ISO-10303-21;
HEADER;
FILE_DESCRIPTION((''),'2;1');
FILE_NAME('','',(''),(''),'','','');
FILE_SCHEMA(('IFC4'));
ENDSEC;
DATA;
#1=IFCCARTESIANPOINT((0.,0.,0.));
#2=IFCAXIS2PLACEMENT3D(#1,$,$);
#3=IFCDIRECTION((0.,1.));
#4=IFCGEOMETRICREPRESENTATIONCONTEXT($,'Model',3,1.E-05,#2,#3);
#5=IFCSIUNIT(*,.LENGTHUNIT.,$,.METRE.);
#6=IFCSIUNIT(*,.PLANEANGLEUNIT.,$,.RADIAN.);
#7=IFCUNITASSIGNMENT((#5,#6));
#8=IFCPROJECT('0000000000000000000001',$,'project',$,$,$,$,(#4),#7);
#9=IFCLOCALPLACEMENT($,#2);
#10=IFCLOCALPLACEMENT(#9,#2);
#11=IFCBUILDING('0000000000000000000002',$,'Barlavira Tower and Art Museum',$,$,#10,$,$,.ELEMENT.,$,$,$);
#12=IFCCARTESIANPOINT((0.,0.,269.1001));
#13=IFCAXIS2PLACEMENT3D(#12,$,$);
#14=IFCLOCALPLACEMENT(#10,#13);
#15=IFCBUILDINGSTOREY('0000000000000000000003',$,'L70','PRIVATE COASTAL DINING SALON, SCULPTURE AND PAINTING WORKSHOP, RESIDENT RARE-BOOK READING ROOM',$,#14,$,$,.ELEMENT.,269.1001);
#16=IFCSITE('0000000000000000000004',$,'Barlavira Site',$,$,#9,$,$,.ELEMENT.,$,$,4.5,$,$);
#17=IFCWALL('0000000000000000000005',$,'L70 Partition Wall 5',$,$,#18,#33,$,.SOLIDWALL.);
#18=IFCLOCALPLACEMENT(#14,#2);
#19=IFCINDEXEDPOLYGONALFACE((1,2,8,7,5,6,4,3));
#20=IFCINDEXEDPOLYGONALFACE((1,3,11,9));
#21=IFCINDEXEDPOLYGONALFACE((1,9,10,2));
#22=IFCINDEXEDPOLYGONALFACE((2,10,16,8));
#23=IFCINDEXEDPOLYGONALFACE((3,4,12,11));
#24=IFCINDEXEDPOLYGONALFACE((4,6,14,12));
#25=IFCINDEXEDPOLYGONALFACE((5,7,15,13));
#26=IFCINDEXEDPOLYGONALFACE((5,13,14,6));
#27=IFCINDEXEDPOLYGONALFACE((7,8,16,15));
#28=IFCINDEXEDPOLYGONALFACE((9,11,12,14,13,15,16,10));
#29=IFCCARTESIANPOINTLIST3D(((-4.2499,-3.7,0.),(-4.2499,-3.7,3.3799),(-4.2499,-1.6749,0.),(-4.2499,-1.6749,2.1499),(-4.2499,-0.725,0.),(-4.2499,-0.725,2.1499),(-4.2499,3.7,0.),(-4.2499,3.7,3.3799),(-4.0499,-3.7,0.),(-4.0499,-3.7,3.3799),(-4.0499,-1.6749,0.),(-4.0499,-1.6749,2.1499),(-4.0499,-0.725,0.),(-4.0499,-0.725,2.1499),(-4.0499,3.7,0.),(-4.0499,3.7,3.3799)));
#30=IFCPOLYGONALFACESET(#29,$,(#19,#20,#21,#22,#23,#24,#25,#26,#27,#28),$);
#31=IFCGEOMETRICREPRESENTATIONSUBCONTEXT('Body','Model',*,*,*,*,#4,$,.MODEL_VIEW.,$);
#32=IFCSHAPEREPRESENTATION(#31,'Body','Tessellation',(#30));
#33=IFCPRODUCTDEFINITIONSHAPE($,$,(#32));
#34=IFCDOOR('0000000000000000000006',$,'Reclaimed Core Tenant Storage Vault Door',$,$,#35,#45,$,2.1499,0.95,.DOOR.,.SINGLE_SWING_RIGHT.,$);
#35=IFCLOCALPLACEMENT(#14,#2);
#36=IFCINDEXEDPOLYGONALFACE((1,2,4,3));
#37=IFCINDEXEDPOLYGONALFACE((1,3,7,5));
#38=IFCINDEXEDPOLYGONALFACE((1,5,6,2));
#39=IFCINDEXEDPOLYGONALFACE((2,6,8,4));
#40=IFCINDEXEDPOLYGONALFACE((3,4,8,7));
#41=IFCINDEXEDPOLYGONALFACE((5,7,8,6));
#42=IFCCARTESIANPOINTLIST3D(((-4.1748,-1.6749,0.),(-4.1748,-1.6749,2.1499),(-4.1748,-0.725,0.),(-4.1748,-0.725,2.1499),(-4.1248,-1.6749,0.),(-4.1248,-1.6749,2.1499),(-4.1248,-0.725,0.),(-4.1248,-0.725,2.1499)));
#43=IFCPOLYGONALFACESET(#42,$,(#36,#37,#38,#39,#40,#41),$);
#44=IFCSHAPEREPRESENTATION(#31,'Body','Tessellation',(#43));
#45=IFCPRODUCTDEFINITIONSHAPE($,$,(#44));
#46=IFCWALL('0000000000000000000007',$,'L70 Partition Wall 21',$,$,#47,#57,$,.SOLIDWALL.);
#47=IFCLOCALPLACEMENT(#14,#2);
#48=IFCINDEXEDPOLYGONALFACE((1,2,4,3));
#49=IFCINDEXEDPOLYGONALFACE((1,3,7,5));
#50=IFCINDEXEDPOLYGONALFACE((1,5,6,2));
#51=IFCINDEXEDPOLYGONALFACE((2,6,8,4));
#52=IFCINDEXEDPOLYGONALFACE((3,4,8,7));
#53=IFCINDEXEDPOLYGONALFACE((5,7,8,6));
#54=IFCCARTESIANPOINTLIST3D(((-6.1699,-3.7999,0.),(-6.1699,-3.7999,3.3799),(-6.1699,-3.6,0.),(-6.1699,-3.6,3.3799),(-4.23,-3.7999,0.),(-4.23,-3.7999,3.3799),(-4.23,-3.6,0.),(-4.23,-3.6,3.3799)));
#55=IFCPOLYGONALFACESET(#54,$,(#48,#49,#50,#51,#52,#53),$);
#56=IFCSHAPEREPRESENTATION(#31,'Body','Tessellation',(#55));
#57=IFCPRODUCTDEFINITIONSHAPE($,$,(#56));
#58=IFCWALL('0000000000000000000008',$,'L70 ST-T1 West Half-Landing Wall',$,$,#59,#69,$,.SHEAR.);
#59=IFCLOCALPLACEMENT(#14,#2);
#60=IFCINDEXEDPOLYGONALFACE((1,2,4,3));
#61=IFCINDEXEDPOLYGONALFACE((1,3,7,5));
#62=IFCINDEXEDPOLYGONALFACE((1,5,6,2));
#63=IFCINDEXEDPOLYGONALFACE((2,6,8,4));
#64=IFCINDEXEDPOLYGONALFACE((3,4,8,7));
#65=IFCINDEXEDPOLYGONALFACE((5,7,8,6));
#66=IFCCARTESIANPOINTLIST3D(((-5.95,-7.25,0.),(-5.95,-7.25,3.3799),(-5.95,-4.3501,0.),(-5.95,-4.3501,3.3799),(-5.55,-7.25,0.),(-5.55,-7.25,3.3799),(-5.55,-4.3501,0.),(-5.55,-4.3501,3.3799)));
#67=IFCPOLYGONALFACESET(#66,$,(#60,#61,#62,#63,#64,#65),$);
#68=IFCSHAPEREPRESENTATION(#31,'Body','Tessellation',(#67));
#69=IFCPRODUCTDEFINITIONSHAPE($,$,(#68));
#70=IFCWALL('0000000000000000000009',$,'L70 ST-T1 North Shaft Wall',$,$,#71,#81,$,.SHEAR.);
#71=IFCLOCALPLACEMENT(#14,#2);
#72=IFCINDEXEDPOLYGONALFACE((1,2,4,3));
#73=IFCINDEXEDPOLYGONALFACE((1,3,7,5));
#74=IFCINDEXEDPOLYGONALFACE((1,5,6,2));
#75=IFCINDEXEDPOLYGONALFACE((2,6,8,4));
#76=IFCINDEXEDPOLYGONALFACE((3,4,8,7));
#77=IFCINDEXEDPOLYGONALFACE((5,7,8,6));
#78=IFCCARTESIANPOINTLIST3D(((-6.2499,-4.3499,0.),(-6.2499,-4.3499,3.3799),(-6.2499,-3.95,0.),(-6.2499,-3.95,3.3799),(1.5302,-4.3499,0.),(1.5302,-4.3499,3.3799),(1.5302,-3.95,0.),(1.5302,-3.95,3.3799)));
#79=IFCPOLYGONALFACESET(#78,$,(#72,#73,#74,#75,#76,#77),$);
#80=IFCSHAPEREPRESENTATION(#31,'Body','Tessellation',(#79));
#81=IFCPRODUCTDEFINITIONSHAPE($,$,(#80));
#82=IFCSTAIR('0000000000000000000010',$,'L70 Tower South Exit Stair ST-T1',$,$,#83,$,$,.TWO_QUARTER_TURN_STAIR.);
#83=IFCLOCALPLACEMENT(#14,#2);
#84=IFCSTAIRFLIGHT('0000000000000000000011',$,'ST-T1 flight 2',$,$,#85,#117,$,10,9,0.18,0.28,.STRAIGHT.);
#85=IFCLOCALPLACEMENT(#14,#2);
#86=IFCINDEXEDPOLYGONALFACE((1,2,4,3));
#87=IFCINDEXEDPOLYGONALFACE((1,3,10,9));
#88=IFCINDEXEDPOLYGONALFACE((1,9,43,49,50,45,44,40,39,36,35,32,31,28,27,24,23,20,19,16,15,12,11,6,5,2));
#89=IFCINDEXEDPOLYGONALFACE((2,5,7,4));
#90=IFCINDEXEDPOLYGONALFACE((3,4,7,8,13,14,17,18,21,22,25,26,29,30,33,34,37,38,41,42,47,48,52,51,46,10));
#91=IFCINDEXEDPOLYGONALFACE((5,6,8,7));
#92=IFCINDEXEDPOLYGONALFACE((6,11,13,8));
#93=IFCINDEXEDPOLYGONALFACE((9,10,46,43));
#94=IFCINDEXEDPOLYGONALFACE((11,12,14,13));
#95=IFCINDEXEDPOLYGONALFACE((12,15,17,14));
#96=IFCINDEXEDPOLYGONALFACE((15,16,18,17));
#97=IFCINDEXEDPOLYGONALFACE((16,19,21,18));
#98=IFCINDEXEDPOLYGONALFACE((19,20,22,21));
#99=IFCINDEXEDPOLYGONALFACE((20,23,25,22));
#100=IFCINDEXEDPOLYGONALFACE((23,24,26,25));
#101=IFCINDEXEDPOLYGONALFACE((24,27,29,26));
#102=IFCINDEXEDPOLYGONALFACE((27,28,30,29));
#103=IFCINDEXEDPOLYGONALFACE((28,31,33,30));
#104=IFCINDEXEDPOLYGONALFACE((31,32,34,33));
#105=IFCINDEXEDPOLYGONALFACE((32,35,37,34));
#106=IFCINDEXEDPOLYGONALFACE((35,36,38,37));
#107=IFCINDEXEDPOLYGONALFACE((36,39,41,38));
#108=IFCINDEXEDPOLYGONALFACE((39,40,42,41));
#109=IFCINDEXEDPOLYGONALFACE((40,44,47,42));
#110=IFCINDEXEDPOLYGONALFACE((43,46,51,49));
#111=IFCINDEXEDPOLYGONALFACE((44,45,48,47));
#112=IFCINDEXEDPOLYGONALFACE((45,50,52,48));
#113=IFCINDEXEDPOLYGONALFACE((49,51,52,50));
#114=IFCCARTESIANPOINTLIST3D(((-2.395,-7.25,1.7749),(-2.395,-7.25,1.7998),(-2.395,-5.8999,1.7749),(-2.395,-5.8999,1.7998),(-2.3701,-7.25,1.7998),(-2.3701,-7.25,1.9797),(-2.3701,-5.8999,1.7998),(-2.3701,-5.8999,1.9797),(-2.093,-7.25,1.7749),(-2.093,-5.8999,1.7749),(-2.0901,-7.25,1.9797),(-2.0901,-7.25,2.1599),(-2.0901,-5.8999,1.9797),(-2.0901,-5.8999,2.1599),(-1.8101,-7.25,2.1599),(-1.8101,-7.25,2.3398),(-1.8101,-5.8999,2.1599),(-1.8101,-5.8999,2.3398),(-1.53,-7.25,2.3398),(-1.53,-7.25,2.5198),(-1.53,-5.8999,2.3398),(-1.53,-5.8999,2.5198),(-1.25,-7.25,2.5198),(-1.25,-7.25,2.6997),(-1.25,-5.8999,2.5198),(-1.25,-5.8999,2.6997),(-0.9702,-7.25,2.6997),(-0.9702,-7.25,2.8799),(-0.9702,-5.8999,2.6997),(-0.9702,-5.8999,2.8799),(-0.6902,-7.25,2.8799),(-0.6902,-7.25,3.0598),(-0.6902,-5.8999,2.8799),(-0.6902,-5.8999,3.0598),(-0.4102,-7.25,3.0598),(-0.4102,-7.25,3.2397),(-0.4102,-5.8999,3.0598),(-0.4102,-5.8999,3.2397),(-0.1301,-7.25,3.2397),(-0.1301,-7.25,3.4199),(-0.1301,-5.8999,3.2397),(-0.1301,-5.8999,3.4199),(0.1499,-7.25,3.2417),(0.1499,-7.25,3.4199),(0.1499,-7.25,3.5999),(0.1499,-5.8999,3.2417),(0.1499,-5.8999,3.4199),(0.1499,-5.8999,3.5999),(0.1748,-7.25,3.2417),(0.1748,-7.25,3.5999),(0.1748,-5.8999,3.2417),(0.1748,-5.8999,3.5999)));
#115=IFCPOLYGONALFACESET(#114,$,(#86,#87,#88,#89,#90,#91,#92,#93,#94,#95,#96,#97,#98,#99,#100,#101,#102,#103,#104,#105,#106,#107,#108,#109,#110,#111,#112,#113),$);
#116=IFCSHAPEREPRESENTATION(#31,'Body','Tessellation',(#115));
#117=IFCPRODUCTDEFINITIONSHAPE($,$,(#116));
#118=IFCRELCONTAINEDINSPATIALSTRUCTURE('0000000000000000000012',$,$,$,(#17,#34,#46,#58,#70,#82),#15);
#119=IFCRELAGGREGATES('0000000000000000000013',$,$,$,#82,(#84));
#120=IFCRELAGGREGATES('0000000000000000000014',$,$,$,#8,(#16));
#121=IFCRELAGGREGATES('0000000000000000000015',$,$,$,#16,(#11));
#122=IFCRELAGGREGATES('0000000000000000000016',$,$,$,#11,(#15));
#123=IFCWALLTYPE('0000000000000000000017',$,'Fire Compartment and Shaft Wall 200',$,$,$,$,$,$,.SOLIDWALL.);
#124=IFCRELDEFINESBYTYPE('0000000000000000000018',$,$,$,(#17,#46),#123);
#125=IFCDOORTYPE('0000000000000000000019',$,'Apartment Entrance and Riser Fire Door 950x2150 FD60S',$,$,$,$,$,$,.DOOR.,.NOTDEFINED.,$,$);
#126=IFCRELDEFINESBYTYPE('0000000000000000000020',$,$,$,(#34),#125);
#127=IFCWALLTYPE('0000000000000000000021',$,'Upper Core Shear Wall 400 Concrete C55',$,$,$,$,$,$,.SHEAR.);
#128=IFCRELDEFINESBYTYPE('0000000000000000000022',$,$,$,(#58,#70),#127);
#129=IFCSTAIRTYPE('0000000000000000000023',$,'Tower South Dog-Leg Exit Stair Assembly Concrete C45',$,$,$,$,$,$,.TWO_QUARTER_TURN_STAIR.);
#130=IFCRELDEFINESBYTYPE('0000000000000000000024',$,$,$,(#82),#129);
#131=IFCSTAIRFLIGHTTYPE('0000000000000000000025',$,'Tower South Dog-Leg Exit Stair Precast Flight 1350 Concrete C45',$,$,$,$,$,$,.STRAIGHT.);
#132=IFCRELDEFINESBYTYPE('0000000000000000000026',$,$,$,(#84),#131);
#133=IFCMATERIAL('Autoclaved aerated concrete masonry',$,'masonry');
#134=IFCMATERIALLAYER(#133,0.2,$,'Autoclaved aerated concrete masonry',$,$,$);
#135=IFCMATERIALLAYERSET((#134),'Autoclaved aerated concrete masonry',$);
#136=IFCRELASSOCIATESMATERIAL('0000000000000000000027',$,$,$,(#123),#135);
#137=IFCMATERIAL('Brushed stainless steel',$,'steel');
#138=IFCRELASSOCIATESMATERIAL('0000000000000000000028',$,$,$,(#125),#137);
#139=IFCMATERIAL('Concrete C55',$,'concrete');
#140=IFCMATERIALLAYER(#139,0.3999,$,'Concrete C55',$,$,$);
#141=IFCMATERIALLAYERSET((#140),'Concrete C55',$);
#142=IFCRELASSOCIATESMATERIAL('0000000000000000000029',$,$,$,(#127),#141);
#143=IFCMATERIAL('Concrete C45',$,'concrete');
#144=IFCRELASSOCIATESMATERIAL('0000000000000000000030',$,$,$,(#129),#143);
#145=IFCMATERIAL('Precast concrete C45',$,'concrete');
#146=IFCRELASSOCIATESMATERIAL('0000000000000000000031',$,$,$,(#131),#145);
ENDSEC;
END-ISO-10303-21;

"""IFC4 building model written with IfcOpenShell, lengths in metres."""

from ifc_helpers import new_model, si_unit, direction, frame, frame_2d, origin, place, context, subcontext, project, spatial, polyline, rectangle, outline, extrude, material, layer, layer_set, type_object, element, fill, aggregate, save


model = new_model("IFC4")

# Units and contexts
model_context = context("Model", 3, precision=1e-05, world=origin(), true_north=direction((0.0, 1.0)))
body_context = subcontext(model_context, "Body", "Model", "MODEL_VIEW")
ifc_project = project(units=[si_unit("LENGTHUNIT", "METRE"), si_unit("PLANEANGLEUNIT", "RADIAN")], contexts=[model_context])

# Site, building, storey
site_placement = place(None, origin())
site = spatial("IfcSite", under=ifc_project, at=site_placement, Name="Barlavira Site", CompositionType="ELEMENT", RefElevation=4.5)
building_placement = place(site_placement, origin())
building = spatial("IfcBuilding", under=site, at=building_placement, Name="Barlavira Tower and Art Museum", CompositionType="ELEMENT")
storey_placement = place(building_placement, frame((0.0, 0.0, 269.1001)))
storey = spatial("IfcBuildingStorey", under=building, at=storey_placement, Name="L70", Description="PRIVATE COASTAL DINING SALON, SCULPTURE AND PAINTING WORKSHOP, RESIDENT RARE-BOOK READING ROOM", CompositionType="ELEMENT", Elevation=269.1001)

# Shared definitions
ifc_material_1 = material(Name="Autoclaved aerated concrete masonry", Category="masonry")
ifc_layer_1 = layer(ifc_material_1, 0.2, Name="Autoclaved aerated concrete masonry")
ifc_layer_set_1 = layer_set([ifc_layer_1], Name="Autoclaved aerated concrete masonry")
wall_type_1 = type_object("IfcWallType", Name="Fire Compartment and Shaft Wall 200", PredefinedType="SOLIDWALL", material=ifc_layer_set_1)

# Wall, opening, door
wall_1_placement = place(storey_placement, frame((-4.1499, -3.7, 0.0), z_axis=(0.0, 0.0, 1.0), x_axis=(0.0, 1.0, 0.0)))
wall_1 = element("IfcWall", 1, at=wall_1_placement, inside=storey, type_object=wall_type_1, Name="L70 Partition Wall 5", PredefinedType="SOLIDWALL", context=body_context, shape_type="SweptSolid", body=[
    extrude(rectangle(XDim=7.3999, YDim=0.2, at=frame_2d((3.7, 0.0))), origin(), (0.0, 0.0, 1.0), 3.3799),
])
opening_1_placement = place(wall_1_placement, frame((2.0249, 0.0, 0.0)))
opening_1 = element("IfcOpeningElement", 2, at=opening_1_placement, cuts=wall_1, PredefinedType="OPENING", context=body_context, shape_type="SweptSolid", body=[
    extrude(rectangle(XDim=0.95, YDim=2.1499, at=frame_2d((0.4751, 1.075))), frame((0.0, 0.1099, 0.0), z_axis=(0.0, -1.0, 0.0), x_axis=(1.0, 0.0, 0.0)), (0.0, 0.0, 1.0), 0.22),
])
ifc_material_2 = material(Name="Brushed stainless steel", Category="steel")
door_type = type_object("IfcDoorType", Name="Apartment Entrance and Riser Fire Door 950x2150 FD60S", OperationType="NOTDEFINED", PredefinedType="DOOR", material=ifc_material_2)
door_1_placement = place(opening_1_placement, origin())
door_1 = element("IfcDoor", 3, at=door_1_placement, inside=storey, type_object=door_type, Name="Reclaimed Core Tenant Storage Vault Door", OperationType="SINGLE_SWING_RIGHT", OverallHeight=2.1499, OverallWidth=0.95, PredefinedType="DOOR", context=body_context, shape_type="SweptSolid", body=[
    extrude(rectangle(XDim=0.95, YDim=2.1499, at=frame_2d((0.4751, 1.075))), frame((0.0, 0.0249, 0.0), z_axis=(0.0, -1.0, 0.0), x_axis=(1.0, 0.0, 0.0)), (0.0, 0.0, 1.0), 0.05),
])
fill(opening_1, door_1)

# Wall
wall_2_placement = place(storey_placement, frame((-6.1699, -3.7, 0.0), z_axis=(0.0, 0.0, 1.0), x_axis=(1.0, 0.0, 0.0)))
element("IfcWall", 4, at=wall_2_placement, inside=storey, type_object=wall_type_1, Name="L70 Partition Wall 21", PredefinedType="SOLIDWALL", context=body_context, shape_type="SweptSolid", body=[
    extrude(rectangle(XDim=1.9399, YDim=0.2, at=frame_2d((0.97, 0.0))), origin(), (0.0, 0.0, 1.0), 3.3799),
])

# Walls
ifc_material_3 = material(Name="Concrete C55", Category="concrete")
ifc_layer_2 = layer(ifc_material_3, 0.3999, Name="Concrete C55")
ifc_layer_set_2 = layer_set([ifc_layer_2], Name="Concrete C55")
wall_type_2 = type_object("IfcWallType", Name="Upper Core Shear Wall 400 Concrete C55", PredefinedType="SHEAR", material=ifc_layer_set_2)
wall_3_placement = place(storey_placement, frame((-5.75, -7.25, 0.0), z_axis=(0.0, 0.0, 1.0), x_axis=(0.0, 1.0, 0.0)))
element("IfcWall", 5, at=wall_3_placement, inside=storey, type_object=wall_type_2, Name="L70 ST-T1 West Half-Landing Wall", PredefinedType="SHEAR", context=body_context, shape_type="SweptSolid", body=[
    extrude(rectangle(XDim=2.8999, YDim=0.3999, at=frame_2d((1.45, 0.0))), origin(), (0.0, 0.0, 1.0), 3.3799),
])
wall_4_placement = place(storey_placement, frame((-6.25, -4.1499, 0.0), z_axis=(0.0, 0.0, 1.0), x_axis=(1.0, 0.0, 0.0)))
element("IfcWall", 6, at=wall_4_placement, inside=storey, type_object=wall_type_2, Name="L70 ST-T1 North Shaft Wall", PredefinedType="SHEAR", context=body_context, shape_type="SweptSolid", body=[
    extrude(rectangle(XDim=7.78, YDim=0.3999, at=frame_2d((3.8901, 0.0))), origin(), (0.0, 0.0, 1.0), 3.3799),
])

# Stair, stair flight
ifc_material_4 = material(Name="Concrete C45", Category="concrete")
stair_type = type_object("IfcStairType", Name="Tower South Dog-Leg Exit Stair Assembly Concrete C45", PredefinedType="TWO_QUARTER_TURN_STAIR", material=ifc_material_4)
stair_placement = place(storey_placement, origin())
stair = element("IfcStair", 7, at=stair_placement, inside=storey, type_object=stair_type, Name="L70 Tower South Exit Stair ST-T1", PredefinedType="TWO_QUARTER_TURN_STAIR")
ifc_material_5 = material(Name="Precast concrete C45", Category="concrete")
stair_flight_type = type_object("IfcStairFlightType", Name="Tower South Dog-Leg Exit Stair Precast Flight 1350 Concrete C45", PredefinedType="STRAIGHT", material=ifc_material_5)
stair_flight_placement = place(storey_placement, frame((-2.3701, -6.575, 1.7998), z_axis=(0.0, 0.0, 1.0), x_axis=(1.0, 0.0, 0.0)))
stair_flight = element("IfcStairFlight", 8, at=stair_flight_placement, type_object=stair_flight_type, Name="ST-T1 flight 2", NumberOfRisers=10, NumberOfTreads=9, PredefinedType="STRAIGHT", RiserHeight=0.18, TreadLength=0.28, context=body_context, shape_type="SweptSolid", body=[
    extrude(outline(polyline([(-0.0249, 0.0), (0.0, 0.0), (0.0, 0.1799), (0.28, 0.1799), (0.28, 0.3601), (0.5601, 0.3601), (0.5601, 0.54), (0.8401, 0.54), (0.8401, 0.72), (1.1201, 0.72), (1.1201, 0.8999), (1.3999, 0.8999), (1.3999, 1.0801), (1.6799, 1.0801), (1.6799, 1.26), (1.96, 1.26), (1.96, 1.4399), (2.24, 1.4399), (2.24, 1.6201), (2.52, 1.6201), (2.52, 1.8), (2.5449, 1.8), (2.5449, 1.4419), (2.52, 1.4419), (0.2771, -0.0249), (-0.0249, -0.0249), (-0.0249, 0.0)])), frame((0.0, 0.675, 0.0), z_axis=(0.0, -1.0, 0.0), x_axis=(1.0, 0.0, 0.0)), (0.0, 0.0, 1.0), 1.3501),
])
aggregate(stair, [stair_flight])

save(model, "model.ifc")
